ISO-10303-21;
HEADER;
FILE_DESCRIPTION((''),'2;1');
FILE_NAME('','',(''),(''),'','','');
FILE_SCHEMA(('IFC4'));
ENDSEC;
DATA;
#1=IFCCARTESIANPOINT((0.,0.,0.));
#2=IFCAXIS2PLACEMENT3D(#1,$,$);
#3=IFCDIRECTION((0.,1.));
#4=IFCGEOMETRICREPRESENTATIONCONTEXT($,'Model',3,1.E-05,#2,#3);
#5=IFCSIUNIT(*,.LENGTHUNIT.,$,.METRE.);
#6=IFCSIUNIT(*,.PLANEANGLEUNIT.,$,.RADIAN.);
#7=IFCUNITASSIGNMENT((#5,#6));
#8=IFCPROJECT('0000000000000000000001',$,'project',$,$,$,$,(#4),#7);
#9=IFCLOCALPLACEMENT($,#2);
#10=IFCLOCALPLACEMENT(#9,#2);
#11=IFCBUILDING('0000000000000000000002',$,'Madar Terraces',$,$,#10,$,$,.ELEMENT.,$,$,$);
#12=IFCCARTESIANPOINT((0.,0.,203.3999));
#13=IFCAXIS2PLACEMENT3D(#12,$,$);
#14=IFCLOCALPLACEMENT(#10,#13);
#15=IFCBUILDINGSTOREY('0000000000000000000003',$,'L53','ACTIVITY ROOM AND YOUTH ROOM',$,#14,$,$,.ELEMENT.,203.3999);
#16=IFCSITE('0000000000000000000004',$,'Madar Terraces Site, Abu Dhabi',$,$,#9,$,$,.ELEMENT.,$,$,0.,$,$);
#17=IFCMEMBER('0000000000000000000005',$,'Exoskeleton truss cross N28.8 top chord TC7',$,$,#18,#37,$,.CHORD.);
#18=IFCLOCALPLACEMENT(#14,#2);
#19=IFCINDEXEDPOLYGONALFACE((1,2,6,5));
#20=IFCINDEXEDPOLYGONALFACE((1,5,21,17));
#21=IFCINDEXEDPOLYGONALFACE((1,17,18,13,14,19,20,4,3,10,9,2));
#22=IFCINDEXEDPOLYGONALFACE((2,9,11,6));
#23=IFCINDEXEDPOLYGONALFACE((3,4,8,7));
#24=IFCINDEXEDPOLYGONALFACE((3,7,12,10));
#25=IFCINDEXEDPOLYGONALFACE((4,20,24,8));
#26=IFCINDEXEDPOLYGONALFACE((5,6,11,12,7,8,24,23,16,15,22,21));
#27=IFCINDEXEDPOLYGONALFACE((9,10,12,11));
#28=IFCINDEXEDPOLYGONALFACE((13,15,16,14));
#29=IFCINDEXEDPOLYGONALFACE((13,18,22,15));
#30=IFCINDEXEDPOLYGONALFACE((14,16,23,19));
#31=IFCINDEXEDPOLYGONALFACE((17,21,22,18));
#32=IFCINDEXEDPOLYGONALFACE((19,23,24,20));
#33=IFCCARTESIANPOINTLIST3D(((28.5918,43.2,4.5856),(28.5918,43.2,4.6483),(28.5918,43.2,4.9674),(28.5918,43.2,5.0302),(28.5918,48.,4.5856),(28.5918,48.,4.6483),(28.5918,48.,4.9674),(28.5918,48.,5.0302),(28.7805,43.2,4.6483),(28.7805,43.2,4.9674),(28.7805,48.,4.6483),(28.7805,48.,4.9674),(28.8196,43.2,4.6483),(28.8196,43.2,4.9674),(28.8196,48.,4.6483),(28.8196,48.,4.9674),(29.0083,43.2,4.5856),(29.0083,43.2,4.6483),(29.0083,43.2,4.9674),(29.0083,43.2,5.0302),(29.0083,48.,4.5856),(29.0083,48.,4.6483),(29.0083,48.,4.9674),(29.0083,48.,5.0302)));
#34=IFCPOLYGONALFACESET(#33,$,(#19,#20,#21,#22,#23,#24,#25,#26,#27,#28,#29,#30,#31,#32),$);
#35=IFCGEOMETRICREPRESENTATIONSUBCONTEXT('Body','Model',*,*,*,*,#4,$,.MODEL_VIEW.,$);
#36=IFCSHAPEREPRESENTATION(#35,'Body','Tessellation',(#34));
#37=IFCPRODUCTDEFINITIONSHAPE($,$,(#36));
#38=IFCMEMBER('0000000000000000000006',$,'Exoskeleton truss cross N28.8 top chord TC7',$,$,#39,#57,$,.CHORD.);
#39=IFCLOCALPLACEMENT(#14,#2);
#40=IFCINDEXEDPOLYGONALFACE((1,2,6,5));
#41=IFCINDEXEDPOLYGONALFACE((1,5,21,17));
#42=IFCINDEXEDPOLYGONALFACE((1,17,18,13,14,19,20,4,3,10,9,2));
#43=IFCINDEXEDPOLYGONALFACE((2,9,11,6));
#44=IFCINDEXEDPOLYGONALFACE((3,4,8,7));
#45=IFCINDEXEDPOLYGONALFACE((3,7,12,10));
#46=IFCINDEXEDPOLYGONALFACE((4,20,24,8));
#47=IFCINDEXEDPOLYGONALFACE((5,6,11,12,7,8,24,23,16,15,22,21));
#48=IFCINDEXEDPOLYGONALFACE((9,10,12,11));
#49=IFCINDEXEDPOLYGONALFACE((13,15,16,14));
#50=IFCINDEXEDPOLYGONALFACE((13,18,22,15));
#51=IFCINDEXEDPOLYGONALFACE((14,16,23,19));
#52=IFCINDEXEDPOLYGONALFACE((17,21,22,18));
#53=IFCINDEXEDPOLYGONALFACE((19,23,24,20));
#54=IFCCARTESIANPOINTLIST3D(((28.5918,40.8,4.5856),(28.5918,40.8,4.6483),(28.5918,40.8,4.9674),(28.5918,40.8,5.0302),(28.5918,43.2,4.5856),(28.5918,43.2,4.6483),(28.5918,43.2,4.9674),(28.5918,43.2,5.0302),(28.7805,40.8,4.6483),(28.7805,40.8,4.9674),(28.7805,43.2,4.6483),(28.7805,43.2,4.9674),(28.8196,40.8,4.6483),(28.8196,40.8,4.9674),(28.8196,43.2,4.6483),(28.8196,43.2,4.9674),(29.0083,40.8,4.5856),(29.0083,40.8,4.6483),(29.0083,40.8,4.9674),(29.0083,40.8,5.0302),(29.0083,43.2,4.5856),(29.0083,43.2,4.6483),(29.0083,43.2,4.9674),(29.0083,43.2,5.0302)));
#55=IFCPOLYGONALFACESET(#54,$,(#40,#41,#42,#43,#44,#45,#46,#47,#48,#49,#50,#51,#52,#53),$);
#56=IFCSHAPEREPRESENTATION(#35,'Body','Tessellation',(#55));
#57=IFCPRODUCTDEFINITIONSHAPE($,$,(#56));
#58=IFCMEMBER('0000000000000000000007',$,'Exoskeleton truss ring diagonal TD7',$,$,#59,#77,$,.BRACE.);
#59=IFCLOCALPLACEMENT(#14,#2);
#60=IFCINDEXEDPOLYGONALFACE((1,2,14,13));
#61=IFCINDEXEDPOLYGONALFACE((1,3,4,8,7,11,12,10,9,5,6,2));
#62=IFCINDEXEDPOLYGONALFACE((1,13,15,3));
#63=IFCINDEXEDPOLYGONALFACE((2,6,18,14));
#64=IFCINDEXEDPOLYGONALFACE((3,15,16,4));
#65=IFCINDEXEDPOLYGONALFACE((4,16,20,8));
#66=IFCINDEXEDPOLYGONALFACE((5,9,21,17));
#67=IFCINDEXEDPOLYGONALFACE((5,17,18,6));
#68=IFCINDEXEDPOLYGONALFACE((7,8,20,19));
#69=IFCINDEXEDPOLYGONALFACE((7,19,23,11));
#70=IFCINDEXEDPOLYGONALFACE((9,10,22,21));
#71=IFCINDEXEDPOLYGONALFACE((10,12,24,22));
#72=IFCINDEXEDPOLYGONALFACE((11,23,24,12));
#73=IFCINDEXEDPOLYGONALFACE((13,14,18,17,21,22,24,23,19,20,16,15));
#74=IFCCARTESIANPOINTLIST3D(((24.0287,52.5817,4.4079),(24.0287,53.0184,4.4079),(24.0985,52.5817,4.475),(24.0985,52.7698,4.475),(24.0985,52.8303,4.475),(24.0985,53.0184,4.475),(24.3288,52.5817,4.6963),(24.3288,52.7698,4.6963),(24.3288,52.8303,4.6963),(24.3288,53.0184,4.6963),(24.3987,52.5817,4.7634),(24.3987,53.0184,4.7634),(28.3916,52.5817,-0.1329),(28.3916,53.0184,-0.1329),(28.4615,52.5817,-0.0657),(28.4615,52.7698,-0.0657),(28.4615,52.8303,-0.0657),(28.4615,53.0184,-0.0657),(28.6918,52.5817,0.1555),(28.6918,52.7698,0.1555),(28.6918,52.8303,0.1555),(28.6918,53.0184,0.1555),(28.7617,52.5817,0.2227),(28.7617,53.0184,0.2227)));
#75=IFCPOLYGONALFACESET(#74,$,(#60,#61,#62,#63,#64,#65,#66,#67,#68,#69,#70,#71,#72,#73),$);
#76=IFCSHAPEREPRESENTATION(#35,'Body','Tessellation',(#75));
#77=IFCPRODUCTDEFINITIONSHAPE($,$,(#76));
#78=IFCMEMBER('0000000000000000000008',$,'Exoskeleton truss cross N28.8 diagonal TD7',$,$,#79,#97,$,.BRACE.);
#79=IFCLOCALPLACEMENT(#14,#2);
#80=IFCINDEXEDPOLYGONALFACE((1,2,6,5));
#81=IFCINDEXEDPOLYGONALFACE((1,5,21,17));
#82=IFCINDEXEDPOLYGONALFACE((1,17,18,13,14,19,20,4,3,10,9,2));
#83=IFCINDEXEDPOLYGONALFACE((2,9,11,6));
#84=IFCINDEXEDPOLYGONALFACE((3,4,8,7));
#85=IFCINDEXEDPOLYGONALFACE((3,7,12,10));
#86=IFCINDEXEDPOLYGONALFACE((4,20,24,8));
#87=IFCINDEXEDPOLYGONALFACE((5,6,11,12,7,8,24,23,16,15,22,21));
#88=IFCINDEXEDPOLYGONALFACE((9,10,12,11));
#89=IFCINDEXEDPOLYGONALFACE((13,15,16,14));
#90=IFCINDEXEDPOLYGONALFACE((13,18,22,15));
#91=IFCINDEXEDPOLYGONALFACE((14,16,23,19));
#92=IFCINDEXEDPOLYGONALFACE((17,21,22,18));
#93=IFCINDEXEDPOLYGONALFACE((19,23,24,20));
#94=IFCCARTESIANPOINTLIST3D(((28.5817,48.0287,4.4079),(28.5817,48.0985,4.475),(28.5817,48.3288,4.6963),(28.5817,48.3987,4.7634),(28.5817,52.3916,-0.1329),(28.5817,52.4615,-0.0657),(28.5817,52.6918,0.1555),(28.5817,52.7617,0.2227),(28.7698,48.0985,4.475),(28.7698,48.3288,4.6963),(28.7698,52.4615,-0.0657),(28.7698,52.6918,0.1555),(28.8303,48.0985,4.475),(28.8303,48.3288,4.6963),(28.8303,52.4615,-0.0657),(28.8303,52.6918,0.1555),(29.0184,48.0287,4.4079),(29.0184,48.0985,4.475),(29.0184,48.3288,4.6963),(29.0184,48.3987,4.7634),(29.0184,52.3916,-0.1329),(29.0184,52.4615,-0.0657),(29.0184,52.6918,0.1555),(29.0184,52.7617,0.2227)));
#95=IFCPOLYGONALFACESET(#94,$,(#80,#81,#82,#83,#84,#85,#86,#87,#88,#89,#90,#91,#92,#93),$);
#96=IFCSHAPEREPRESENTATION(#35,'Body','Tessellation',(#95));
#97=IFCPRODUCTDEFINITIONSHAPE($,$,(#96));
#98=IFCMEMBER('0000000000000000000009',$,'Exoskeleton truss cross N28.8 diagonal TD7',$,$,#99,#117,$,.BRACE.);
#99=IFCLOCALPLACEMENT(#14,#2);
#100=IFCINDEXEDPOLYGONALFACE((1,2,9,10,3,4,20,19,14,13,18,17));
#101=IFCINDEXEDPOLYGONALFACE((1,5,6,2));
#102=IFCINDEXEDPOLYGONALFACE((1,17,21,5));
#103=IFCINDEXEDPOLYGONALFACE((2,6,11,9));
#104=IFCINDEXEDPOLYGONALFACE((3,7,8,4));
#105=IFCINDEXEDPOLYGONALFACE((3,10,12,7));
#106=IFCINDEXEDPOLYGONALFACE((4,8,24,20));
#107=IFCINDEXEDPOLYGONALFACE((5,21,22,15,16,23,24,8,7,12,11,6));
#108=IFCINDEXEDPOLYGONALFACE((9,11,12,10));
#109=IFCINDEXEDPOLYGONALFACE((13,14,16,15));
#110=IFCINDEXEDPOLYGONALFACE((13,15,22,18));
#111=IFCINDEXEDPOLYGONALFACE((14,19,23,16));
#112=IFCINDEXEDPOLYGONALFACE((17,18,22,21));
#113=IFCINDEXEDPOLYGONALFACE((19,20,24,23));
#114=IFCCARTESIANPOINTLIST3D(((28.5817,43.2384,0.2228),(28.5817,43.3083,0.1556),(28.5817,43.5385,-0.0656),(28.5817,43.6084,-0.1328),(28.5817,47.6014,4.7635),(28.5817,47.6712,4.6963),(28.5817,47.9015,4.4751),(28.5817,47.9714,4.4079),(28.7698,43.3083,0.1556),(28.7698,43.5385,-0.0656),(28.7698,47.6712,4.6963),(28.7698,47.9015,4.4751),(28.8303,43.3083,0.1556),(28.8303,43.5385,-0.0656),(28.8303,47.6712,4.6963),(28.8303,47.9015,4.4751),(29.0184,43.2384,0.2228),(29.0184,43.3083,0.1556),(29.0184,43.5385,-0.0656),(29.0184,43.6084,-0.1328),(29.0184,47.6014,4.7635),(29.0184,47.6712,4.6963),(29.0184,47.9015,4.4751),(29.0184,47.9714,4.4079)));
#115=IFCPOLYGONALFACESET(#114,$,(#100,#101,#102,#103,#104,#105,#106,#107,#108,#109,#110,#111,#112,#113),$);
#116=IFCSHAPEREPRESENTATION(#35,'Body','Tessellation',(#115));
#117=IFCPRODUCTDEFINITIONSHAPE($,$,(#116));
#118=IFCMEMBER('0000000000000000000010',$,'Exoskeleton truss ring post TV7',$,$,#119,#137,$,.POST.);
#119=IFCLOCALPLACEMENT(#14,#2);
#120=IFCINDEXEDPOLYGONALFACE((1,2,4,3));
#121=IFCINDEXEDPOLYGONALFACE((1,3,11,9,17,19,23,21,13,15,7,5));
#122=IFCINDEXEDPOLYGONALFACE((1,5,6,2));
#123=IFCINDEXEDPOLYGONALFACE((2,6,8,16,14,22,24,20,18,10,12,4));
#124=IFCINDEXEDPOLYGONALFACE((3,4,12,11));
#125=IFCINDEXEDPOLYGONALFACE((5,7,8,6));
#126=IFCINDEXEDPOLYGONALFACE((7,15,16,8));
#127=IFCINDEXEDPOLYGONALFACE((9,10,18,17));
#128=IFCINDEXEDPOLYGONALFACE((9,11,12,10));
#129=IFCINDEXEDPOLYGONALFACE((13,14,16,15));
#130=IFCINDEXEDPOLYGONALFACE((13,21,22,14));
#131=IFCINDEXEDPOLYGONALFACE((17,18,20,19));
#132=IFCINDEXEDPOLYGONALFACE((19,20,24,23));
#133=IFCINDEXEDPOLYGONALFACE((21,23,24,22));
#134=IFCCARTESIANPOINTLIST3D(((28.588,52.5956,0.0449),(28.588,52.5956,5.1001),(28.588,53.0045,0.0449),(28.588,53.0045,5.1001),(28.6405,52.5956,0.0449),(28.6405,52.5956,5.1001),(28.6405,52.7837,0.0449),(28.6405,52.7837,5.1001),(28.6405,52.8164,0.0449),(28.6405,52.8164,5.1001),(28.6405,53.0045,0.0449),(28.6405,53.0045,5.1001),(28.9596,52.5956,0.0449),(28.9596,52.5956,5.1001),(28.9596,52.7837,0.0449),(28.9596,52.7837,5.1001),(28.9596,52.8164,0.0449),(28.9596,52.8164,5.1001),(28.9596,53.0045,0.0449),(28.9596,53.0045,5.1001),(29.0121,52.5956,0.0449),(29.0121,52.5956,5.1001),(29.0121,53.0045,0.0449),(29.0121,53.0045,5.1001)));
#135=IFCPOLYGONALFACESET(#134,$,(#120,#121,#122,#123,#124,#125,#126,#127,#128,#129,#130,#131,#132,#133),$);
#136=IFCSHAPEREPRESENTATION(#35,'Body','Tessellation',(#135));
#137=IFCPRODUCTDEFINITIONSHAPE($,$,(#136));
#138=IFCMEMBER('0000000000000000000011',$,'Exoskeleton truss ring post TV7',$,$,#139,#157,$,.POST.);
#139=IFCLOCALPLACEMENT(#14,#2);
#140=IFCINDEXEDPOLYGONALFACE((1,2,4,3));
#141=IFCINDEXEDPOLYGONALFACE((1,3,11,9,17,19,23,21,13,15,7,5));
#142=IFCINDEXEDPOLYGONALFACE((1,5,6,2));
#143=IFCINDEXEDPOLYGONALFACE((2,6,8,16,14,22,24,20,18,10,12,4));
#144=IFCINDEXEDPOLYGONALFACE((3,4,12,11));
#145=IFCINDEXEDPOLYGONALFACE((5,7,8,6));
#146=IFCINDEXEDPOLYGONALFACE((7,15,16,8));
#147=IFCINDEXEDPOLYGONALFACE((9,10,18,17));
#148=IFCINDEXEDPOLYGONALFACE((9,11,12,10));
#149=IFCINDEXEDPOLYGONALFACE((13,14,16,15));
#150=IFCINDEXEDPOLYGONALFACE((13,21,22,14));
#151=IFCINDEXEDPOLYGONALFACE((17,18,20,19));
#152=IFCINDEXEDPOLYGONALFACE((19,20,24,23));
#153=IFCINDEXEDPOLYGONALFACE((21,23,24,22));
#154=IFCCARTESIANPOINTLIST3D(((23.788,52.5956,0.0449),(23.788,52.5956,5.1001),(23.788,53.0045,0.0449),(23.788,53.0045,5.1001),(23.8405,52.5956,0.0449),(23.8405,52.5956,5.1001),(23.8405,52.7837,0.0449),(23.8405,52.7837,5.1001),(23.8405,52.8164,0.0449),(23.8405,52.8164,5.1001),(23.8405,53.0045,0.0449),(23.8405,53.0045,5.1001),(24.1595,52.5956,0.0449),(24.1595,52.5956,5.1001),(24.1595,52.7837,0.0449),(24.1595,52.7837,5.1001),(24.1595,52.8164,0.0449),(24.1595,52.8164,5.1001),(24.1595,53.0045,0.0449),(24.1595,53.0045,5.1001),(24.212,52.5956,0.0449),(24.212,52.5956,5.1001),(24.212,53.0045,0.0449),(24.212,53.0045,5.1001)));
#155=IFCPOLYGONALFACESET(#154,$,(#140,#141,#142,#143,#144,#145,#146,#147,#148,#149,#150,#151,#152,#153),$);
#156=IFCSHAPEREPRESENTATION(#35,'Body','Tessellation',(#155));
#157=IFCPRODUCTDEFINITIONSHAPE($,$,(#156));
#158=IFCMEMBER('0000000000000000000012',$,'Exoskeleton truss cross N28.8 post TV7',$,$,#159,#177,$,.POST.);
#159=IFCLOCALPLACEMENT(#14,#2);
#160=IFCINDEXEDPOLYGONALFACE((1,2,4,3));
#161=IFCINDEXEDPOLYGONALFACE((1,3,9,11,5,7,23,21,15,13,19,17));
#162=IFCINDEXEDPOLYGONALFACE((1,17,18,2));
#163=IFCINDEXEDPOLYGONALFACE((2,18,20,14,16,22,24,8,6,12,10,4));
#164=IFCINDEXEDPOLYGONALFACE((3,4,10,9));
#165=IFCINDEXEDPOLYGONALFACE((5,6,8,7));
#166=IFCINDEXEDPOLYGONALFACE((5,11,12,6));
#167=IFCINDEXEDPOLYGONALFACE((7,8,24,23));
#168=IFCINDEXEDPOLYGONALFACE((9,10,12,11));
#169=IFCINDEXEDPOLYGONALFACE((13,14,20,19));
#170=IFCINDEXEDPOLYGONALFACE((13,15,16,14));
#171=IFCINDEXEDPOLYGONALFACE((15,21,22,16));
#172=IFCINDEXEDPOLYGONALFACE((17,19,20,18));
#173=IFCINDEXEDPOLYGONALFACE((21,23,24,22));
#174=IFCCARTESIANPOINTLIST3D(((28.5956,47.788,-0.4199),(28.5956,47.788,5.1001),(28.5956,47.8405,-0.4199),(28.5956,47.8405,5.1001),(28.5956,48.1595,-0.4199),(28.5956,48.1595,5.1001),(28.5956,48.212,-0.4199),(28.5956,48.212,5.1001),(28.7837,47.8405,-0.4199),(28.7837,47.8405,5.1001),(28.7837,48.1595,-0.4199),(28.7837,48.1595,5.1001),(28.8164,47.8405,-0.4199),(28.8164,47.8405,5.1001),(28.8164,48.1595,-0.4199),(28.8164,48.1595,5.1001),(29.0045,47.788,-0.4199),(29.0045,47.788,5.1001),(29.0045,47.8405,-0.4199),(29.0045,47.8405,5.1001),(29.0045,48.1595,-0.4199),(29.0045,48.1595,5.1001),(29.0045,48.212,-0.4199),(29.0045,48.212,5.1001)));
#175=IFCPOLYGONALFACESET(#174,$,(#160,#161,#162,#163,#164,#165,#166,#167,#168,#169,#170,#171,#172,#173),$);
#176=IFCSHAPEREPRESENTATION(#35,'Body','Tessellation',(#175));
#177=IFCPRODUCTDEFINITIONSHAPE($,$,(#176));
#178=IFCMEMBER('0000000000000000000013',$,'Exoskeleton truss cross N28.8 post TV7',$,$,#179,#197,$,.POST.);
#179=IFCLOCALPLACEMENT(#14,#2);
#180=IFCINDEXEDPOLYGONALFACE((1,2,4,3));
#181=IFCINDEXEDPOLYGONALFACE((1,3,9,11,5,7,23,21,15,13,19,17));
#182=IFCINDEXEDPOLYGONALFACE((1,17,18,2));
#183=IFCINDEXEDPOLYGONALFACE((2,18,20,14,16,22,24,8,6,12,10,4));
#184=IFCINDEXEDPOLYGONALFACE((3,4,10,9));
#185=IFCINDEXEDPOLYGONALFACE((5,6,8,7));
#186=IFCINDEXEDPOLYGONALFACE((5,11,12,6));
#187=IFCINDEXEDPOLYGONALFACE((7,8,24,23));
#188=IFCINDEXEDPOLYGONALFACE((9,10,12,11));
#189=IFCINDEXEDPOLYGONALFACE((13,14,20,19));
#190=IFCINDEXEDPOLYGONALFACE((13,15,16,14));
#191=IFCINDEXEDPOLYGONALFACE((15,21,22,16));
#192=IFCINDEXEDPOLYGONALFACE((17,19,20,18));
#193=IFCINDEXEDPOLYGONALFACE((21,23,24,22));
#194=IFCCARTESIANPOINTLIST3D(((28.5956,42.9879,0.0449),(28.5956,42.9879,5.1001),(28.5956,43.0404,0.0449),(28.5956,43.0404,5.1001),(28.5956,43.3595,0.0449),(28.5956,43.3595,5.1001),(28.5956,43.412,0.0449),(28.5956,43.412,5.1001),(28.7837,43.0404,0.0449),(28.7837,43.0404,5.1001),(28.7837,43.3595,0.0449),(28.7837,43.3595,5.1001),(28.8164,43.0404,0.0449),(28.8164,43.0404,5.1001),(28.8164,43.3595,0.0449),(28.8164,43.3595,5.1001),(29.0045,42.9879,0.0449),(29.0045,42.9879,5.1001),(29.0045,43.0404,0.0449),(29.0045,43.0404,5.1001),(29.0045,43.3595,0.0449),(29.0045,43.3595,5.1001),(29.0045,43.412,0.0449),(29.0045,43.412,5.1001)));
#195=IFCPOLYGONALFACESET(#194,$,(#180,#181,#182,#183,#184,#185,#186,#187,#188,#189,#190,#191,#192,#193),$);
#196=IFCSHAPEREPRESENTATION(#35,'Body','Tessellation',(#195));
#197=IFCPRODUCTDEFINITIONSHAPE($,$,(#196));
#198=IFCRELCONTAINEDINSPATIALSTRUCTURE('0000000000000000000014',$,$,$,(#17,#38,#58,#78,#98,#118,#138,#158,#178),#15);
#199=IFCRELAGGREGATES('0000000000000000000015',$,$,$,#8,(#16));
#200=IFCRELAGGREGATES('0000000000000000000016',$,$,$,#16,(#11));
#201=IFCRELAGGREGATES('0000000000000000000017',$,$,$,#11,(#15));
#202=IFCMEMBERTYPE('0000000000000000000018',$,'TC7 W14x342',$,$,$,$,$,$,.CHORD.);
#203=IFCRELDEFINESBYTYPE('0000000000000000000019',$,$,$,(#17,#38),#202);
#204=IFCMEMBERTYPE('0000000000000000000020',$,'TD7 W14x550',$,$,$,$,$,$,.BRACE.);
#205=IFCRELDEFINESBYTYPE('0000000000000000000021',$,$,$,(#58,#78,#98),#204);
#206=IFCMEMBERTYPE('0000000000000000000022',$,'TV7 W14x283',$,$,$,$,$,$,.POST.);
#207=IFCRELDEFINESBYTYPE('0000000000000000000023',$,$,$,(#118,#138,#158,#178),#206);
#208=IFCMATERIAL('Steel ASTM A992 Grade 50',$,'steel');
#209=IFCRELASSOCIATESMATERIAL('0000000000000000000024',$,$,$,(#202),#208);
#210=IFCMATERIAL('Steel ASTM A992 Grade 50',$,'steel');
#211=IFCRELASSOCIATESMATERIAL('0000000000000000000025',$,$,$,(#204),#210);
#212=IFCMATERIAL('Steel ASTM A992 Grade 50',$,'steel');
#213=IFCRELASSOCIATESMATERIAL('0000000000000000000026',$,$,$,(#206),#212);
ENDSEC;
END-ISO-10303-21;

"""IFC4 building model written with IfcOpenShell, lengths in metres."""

from ifc_helpers import new_model, si_unit, direction, frame, origin, origin_2d, place, context, subcontext, project, spatial, i_section, extrude, material, material_profile, profile_set, type_object, element, save


model = new_model("IFC4")

# Units and contexts
model_context = context("Model", 3, precision=1e-05, world=origin(), true_north=direction((0.0, 1.0)))
body_context = subcontext(model_context, "Body", "Model", "MODEL_VIEW")
ifc_project = project(units=[si_unit("LENGTHUNIT", "METRE"), si_unit("PLANEANGLEUNIT", "RADIAN")], contexts=[model_context])

# Site, building, storey
site_placement = place(None, origin())
site = spatial("IfcSite", under=ifc_project, at=site_placement, Name="Madar Terraces Site, Abu Dhabi", CompositionType="ELEMENT", RefElevation=0.0)
building_placement = place(site_placement, origin())
building = spatial("IfcBuilding", under=site, at=building_placement, Name="Madar Terraces", CompositionType="ELEMENT")
storey_placement = place(building_placement, frame((0.0, 0.0, 203.3999)))
storey = spatial("IfcBuildingStorey", under=building, at=storey_placement, Name="L53", Description="ACTIVITY ROOM AND YOUTH ROOM", CompositionType="ELEMENT", Elevation=203.3999)

# Members
ifc_material_1 = material(Name="Steel ASTM A992 Grade 50", Category="steel")
ifc_material_profile_1 = material_profile(ifc_material_1, i_section(OverallWidth=0.4165, OverallDepth=0.4446, WebThickness=0.0391, FlangeThickness=0.0627, at=origin_2d()), Name="W14x342")
ifc_profile_set_1 = profile_set([ifc_material_profile_1], Name="Steel ASTM A992 Grade 50")
member_type_1 = type_object("IfcMemberType", Name="TC7 W14x342", PredefinedType="CHORD", material=ifc_profile_set_1)
member_1_placement = place(storey_placement, frame((28.8, 48.0, 4.8079), z_axis=(0.0, -1.0, 0.0), x_axis=(1.0, 0.0, 0.0)))
element("IfcMember", 1, at=member_1_placement, inside=storey, type_object=member_type_1, Name="Exoskeleton truss cross N28.8 top chord TC7", PredefinedType="CHORD", context=body_context, shape_type="SweptSolid", body=[
    extrude(i_section(OverallWidth=0.4165, OverallDepth=0.4446, WebThickness=0.0391, FlangeThickness=0.0627, at=origin_2d()), origin(), (0.0, 0.0, 1.0), 4.8),
])
member_2_placement = place(storey_placement, frame((28.8, 43.2, 4.8079), z_axis=(0.0, -1.0, 0.0), x_axis=(1.0, 0.0, 0.0)))
element("IfcMember", 2, at=member_2_placement, inside=storey, type_object=member_type_1, Name="Exoskeleton truss cross N28.8 top chord TC7", PredefinedType="CHORD", context=body_context, shape_type="SweptSolid", body=[
    extrude(i_section(OverallWidth=0.4165, OverallDepth=0.4446, WebThickness=0.0391, FlangeThickness=0.0627, at=origin_2d()), origin(), (0.0, 0.0, 1.0), 2.3999),
])
ifc_material_2 = material(Name="Steel ASTM A992 Grade 50", Category="steel")
ifc_material_profile_2 = material_profile(ifc_material_2, i_section(OverallWidth=0.4368, OverallDepth=0.5132, WebThickness=0.0605, FlangeThickness=0.0969, at=origin_2d()), Name="W14x550")
ifc_profile_set_2 = profile_set([ifc_material_profile_2], Name="Steel ASTM A992 Grade 50")
member_type_2 = type_object("IfcMemberType", Name="TD7 W14x550", PredefinedType="BRACE", material=ifc_profile_set_2)
for number, where, z_axis, x_axis, name in (
    (3, (28.5767, 52.8, 0.0449), (-0.692854, 0.0, 0.721078), (0.0, -1.0, 0.0), "Exoskeleton truss ring diagonal TD7"),
    (4, (28.8, 52.5767, 0.0449), (0.0, -0.692854, 0.721078), (1.0, 0.0, 0.0), "Exoskeleton truss cross N28.8 diagonal TD7"),
    (5, (28.8, 47.7864, 4.5857), (0.0, -0.692854, -0.721078), (1.0, 0.0, 0.0), "Exoskeleton truss cross N28.8 diagonal TD7"),
):
    element("IfcMember", number, at=place(storey_placement, frame(where, z_axis=z_axis, x_axis=x_axis)), inside=storey, type_object=member_type_2, Name=name, PredefinedType="BRACE", context=body_context, shape_type="SweptSolid", body=[
        extrude(i_section(OverallWidth=0.4368, OverallDepth=0.5132, WebThickness=0.0605, FlangeThickness=0.0969, at=origin_2d()), origin(), (0.0, 0.0, 1.0), 6.2971),
    ])
ifc_material_3 = material(Name="Steel ASTM A992 Grade 50", Category="steel")
ifc_material_profile_3 = material_profile(ifc_material_3, i_section(OverallWidth=0.4089, OverallDepth=0.4241, WebThickness=0.0327, FlangeThickness=0.0525, at=origin_2d()), Name="W14x283")
ifc_profile_set_3 = profile_set([ifc_material_profile_3], Name="Steel ASTM A992 Grade 50")
member_type_3 = type_object("IfcMemberType", Name="TV7 W14x283", PredefinedType="POST", material=ifc_profile_set_3)
for number, where, z_axis, x_axis, name in (
    (6, (28.8, 52.8, 0.0449), (0.0, 0.0, 1.0), (0.0, -1.0, 0.0), "Exoskeleton truss ring post TV7"),
    (7, (24.0, 52.8, 0.0449), (0.0, 0.0, 1.0), (0.0, -1.0, 0.0), "Exoskeleton truss ring post TV7"),
):
    element("IfcMember", number, at=place(storey_placement, frame(where, z_axis=z_axis, x_axis=x_axis)), inside=storey, type_object=member_type_3, Name=name, PredefinedType="POST", context=body_context, shape_type="SweptSolid", body=[
        extrude(i_section(OverallWidth=0.4089, OverallDepth=0.4241, WebThickness=0.0327, FlangeThickness=0.0525, at=origin_2d()), origin(), (0.0, 0.0, 1.0), 5.0552),
    ])
member_3_placement = place(storey_placement, frame((28.8, 48.0, -0.4199), z_axis=(0.0, 0.0, 1.0), x_axis=(-1.0, 0.0, 0.0)))
element("IfcMember", 8, at=member_3_placement, inside=storey, type_object=member_type_3, Name="Exoskeleton truss cross N28.8 post TV7", PredefinedType="POST", context=body_context, shape_type="SweptSolid", body=[
    extrude(i_section(OverallWidth=0.4089, OverallDepth=0.4241, WebThickness=0.0327, FlangeThickness=0.0525, at=origin_2d()), origin(), (0.0, 0.0, 1.0), 5.52),
])
member_4_placement = place(storey_placement, frame((28.8, 43.2, 0.0449), z_axis=(0.0, 0.0, 1.0), x_axis=(-1.0, 0.0, 0.0)))
element("IfcMember", 9, at=member_4_placement, inside=storey, type_object=member_type_3, Name="Exoskeleton truss cross N28.8 post TV7", PredefinedType="POST", context=body_context, shape_type="SweptSolid", body=[
    extrude(i_section(OverallWidth=0.4089, OverallDepth=0.4241, WebThickness=0.0327, FlangeThickness=0.0525, at=origin_2d()), origin(), (0.0, 0.0, 1.0), 5.0552),
])

save(model, "model.ifc")
